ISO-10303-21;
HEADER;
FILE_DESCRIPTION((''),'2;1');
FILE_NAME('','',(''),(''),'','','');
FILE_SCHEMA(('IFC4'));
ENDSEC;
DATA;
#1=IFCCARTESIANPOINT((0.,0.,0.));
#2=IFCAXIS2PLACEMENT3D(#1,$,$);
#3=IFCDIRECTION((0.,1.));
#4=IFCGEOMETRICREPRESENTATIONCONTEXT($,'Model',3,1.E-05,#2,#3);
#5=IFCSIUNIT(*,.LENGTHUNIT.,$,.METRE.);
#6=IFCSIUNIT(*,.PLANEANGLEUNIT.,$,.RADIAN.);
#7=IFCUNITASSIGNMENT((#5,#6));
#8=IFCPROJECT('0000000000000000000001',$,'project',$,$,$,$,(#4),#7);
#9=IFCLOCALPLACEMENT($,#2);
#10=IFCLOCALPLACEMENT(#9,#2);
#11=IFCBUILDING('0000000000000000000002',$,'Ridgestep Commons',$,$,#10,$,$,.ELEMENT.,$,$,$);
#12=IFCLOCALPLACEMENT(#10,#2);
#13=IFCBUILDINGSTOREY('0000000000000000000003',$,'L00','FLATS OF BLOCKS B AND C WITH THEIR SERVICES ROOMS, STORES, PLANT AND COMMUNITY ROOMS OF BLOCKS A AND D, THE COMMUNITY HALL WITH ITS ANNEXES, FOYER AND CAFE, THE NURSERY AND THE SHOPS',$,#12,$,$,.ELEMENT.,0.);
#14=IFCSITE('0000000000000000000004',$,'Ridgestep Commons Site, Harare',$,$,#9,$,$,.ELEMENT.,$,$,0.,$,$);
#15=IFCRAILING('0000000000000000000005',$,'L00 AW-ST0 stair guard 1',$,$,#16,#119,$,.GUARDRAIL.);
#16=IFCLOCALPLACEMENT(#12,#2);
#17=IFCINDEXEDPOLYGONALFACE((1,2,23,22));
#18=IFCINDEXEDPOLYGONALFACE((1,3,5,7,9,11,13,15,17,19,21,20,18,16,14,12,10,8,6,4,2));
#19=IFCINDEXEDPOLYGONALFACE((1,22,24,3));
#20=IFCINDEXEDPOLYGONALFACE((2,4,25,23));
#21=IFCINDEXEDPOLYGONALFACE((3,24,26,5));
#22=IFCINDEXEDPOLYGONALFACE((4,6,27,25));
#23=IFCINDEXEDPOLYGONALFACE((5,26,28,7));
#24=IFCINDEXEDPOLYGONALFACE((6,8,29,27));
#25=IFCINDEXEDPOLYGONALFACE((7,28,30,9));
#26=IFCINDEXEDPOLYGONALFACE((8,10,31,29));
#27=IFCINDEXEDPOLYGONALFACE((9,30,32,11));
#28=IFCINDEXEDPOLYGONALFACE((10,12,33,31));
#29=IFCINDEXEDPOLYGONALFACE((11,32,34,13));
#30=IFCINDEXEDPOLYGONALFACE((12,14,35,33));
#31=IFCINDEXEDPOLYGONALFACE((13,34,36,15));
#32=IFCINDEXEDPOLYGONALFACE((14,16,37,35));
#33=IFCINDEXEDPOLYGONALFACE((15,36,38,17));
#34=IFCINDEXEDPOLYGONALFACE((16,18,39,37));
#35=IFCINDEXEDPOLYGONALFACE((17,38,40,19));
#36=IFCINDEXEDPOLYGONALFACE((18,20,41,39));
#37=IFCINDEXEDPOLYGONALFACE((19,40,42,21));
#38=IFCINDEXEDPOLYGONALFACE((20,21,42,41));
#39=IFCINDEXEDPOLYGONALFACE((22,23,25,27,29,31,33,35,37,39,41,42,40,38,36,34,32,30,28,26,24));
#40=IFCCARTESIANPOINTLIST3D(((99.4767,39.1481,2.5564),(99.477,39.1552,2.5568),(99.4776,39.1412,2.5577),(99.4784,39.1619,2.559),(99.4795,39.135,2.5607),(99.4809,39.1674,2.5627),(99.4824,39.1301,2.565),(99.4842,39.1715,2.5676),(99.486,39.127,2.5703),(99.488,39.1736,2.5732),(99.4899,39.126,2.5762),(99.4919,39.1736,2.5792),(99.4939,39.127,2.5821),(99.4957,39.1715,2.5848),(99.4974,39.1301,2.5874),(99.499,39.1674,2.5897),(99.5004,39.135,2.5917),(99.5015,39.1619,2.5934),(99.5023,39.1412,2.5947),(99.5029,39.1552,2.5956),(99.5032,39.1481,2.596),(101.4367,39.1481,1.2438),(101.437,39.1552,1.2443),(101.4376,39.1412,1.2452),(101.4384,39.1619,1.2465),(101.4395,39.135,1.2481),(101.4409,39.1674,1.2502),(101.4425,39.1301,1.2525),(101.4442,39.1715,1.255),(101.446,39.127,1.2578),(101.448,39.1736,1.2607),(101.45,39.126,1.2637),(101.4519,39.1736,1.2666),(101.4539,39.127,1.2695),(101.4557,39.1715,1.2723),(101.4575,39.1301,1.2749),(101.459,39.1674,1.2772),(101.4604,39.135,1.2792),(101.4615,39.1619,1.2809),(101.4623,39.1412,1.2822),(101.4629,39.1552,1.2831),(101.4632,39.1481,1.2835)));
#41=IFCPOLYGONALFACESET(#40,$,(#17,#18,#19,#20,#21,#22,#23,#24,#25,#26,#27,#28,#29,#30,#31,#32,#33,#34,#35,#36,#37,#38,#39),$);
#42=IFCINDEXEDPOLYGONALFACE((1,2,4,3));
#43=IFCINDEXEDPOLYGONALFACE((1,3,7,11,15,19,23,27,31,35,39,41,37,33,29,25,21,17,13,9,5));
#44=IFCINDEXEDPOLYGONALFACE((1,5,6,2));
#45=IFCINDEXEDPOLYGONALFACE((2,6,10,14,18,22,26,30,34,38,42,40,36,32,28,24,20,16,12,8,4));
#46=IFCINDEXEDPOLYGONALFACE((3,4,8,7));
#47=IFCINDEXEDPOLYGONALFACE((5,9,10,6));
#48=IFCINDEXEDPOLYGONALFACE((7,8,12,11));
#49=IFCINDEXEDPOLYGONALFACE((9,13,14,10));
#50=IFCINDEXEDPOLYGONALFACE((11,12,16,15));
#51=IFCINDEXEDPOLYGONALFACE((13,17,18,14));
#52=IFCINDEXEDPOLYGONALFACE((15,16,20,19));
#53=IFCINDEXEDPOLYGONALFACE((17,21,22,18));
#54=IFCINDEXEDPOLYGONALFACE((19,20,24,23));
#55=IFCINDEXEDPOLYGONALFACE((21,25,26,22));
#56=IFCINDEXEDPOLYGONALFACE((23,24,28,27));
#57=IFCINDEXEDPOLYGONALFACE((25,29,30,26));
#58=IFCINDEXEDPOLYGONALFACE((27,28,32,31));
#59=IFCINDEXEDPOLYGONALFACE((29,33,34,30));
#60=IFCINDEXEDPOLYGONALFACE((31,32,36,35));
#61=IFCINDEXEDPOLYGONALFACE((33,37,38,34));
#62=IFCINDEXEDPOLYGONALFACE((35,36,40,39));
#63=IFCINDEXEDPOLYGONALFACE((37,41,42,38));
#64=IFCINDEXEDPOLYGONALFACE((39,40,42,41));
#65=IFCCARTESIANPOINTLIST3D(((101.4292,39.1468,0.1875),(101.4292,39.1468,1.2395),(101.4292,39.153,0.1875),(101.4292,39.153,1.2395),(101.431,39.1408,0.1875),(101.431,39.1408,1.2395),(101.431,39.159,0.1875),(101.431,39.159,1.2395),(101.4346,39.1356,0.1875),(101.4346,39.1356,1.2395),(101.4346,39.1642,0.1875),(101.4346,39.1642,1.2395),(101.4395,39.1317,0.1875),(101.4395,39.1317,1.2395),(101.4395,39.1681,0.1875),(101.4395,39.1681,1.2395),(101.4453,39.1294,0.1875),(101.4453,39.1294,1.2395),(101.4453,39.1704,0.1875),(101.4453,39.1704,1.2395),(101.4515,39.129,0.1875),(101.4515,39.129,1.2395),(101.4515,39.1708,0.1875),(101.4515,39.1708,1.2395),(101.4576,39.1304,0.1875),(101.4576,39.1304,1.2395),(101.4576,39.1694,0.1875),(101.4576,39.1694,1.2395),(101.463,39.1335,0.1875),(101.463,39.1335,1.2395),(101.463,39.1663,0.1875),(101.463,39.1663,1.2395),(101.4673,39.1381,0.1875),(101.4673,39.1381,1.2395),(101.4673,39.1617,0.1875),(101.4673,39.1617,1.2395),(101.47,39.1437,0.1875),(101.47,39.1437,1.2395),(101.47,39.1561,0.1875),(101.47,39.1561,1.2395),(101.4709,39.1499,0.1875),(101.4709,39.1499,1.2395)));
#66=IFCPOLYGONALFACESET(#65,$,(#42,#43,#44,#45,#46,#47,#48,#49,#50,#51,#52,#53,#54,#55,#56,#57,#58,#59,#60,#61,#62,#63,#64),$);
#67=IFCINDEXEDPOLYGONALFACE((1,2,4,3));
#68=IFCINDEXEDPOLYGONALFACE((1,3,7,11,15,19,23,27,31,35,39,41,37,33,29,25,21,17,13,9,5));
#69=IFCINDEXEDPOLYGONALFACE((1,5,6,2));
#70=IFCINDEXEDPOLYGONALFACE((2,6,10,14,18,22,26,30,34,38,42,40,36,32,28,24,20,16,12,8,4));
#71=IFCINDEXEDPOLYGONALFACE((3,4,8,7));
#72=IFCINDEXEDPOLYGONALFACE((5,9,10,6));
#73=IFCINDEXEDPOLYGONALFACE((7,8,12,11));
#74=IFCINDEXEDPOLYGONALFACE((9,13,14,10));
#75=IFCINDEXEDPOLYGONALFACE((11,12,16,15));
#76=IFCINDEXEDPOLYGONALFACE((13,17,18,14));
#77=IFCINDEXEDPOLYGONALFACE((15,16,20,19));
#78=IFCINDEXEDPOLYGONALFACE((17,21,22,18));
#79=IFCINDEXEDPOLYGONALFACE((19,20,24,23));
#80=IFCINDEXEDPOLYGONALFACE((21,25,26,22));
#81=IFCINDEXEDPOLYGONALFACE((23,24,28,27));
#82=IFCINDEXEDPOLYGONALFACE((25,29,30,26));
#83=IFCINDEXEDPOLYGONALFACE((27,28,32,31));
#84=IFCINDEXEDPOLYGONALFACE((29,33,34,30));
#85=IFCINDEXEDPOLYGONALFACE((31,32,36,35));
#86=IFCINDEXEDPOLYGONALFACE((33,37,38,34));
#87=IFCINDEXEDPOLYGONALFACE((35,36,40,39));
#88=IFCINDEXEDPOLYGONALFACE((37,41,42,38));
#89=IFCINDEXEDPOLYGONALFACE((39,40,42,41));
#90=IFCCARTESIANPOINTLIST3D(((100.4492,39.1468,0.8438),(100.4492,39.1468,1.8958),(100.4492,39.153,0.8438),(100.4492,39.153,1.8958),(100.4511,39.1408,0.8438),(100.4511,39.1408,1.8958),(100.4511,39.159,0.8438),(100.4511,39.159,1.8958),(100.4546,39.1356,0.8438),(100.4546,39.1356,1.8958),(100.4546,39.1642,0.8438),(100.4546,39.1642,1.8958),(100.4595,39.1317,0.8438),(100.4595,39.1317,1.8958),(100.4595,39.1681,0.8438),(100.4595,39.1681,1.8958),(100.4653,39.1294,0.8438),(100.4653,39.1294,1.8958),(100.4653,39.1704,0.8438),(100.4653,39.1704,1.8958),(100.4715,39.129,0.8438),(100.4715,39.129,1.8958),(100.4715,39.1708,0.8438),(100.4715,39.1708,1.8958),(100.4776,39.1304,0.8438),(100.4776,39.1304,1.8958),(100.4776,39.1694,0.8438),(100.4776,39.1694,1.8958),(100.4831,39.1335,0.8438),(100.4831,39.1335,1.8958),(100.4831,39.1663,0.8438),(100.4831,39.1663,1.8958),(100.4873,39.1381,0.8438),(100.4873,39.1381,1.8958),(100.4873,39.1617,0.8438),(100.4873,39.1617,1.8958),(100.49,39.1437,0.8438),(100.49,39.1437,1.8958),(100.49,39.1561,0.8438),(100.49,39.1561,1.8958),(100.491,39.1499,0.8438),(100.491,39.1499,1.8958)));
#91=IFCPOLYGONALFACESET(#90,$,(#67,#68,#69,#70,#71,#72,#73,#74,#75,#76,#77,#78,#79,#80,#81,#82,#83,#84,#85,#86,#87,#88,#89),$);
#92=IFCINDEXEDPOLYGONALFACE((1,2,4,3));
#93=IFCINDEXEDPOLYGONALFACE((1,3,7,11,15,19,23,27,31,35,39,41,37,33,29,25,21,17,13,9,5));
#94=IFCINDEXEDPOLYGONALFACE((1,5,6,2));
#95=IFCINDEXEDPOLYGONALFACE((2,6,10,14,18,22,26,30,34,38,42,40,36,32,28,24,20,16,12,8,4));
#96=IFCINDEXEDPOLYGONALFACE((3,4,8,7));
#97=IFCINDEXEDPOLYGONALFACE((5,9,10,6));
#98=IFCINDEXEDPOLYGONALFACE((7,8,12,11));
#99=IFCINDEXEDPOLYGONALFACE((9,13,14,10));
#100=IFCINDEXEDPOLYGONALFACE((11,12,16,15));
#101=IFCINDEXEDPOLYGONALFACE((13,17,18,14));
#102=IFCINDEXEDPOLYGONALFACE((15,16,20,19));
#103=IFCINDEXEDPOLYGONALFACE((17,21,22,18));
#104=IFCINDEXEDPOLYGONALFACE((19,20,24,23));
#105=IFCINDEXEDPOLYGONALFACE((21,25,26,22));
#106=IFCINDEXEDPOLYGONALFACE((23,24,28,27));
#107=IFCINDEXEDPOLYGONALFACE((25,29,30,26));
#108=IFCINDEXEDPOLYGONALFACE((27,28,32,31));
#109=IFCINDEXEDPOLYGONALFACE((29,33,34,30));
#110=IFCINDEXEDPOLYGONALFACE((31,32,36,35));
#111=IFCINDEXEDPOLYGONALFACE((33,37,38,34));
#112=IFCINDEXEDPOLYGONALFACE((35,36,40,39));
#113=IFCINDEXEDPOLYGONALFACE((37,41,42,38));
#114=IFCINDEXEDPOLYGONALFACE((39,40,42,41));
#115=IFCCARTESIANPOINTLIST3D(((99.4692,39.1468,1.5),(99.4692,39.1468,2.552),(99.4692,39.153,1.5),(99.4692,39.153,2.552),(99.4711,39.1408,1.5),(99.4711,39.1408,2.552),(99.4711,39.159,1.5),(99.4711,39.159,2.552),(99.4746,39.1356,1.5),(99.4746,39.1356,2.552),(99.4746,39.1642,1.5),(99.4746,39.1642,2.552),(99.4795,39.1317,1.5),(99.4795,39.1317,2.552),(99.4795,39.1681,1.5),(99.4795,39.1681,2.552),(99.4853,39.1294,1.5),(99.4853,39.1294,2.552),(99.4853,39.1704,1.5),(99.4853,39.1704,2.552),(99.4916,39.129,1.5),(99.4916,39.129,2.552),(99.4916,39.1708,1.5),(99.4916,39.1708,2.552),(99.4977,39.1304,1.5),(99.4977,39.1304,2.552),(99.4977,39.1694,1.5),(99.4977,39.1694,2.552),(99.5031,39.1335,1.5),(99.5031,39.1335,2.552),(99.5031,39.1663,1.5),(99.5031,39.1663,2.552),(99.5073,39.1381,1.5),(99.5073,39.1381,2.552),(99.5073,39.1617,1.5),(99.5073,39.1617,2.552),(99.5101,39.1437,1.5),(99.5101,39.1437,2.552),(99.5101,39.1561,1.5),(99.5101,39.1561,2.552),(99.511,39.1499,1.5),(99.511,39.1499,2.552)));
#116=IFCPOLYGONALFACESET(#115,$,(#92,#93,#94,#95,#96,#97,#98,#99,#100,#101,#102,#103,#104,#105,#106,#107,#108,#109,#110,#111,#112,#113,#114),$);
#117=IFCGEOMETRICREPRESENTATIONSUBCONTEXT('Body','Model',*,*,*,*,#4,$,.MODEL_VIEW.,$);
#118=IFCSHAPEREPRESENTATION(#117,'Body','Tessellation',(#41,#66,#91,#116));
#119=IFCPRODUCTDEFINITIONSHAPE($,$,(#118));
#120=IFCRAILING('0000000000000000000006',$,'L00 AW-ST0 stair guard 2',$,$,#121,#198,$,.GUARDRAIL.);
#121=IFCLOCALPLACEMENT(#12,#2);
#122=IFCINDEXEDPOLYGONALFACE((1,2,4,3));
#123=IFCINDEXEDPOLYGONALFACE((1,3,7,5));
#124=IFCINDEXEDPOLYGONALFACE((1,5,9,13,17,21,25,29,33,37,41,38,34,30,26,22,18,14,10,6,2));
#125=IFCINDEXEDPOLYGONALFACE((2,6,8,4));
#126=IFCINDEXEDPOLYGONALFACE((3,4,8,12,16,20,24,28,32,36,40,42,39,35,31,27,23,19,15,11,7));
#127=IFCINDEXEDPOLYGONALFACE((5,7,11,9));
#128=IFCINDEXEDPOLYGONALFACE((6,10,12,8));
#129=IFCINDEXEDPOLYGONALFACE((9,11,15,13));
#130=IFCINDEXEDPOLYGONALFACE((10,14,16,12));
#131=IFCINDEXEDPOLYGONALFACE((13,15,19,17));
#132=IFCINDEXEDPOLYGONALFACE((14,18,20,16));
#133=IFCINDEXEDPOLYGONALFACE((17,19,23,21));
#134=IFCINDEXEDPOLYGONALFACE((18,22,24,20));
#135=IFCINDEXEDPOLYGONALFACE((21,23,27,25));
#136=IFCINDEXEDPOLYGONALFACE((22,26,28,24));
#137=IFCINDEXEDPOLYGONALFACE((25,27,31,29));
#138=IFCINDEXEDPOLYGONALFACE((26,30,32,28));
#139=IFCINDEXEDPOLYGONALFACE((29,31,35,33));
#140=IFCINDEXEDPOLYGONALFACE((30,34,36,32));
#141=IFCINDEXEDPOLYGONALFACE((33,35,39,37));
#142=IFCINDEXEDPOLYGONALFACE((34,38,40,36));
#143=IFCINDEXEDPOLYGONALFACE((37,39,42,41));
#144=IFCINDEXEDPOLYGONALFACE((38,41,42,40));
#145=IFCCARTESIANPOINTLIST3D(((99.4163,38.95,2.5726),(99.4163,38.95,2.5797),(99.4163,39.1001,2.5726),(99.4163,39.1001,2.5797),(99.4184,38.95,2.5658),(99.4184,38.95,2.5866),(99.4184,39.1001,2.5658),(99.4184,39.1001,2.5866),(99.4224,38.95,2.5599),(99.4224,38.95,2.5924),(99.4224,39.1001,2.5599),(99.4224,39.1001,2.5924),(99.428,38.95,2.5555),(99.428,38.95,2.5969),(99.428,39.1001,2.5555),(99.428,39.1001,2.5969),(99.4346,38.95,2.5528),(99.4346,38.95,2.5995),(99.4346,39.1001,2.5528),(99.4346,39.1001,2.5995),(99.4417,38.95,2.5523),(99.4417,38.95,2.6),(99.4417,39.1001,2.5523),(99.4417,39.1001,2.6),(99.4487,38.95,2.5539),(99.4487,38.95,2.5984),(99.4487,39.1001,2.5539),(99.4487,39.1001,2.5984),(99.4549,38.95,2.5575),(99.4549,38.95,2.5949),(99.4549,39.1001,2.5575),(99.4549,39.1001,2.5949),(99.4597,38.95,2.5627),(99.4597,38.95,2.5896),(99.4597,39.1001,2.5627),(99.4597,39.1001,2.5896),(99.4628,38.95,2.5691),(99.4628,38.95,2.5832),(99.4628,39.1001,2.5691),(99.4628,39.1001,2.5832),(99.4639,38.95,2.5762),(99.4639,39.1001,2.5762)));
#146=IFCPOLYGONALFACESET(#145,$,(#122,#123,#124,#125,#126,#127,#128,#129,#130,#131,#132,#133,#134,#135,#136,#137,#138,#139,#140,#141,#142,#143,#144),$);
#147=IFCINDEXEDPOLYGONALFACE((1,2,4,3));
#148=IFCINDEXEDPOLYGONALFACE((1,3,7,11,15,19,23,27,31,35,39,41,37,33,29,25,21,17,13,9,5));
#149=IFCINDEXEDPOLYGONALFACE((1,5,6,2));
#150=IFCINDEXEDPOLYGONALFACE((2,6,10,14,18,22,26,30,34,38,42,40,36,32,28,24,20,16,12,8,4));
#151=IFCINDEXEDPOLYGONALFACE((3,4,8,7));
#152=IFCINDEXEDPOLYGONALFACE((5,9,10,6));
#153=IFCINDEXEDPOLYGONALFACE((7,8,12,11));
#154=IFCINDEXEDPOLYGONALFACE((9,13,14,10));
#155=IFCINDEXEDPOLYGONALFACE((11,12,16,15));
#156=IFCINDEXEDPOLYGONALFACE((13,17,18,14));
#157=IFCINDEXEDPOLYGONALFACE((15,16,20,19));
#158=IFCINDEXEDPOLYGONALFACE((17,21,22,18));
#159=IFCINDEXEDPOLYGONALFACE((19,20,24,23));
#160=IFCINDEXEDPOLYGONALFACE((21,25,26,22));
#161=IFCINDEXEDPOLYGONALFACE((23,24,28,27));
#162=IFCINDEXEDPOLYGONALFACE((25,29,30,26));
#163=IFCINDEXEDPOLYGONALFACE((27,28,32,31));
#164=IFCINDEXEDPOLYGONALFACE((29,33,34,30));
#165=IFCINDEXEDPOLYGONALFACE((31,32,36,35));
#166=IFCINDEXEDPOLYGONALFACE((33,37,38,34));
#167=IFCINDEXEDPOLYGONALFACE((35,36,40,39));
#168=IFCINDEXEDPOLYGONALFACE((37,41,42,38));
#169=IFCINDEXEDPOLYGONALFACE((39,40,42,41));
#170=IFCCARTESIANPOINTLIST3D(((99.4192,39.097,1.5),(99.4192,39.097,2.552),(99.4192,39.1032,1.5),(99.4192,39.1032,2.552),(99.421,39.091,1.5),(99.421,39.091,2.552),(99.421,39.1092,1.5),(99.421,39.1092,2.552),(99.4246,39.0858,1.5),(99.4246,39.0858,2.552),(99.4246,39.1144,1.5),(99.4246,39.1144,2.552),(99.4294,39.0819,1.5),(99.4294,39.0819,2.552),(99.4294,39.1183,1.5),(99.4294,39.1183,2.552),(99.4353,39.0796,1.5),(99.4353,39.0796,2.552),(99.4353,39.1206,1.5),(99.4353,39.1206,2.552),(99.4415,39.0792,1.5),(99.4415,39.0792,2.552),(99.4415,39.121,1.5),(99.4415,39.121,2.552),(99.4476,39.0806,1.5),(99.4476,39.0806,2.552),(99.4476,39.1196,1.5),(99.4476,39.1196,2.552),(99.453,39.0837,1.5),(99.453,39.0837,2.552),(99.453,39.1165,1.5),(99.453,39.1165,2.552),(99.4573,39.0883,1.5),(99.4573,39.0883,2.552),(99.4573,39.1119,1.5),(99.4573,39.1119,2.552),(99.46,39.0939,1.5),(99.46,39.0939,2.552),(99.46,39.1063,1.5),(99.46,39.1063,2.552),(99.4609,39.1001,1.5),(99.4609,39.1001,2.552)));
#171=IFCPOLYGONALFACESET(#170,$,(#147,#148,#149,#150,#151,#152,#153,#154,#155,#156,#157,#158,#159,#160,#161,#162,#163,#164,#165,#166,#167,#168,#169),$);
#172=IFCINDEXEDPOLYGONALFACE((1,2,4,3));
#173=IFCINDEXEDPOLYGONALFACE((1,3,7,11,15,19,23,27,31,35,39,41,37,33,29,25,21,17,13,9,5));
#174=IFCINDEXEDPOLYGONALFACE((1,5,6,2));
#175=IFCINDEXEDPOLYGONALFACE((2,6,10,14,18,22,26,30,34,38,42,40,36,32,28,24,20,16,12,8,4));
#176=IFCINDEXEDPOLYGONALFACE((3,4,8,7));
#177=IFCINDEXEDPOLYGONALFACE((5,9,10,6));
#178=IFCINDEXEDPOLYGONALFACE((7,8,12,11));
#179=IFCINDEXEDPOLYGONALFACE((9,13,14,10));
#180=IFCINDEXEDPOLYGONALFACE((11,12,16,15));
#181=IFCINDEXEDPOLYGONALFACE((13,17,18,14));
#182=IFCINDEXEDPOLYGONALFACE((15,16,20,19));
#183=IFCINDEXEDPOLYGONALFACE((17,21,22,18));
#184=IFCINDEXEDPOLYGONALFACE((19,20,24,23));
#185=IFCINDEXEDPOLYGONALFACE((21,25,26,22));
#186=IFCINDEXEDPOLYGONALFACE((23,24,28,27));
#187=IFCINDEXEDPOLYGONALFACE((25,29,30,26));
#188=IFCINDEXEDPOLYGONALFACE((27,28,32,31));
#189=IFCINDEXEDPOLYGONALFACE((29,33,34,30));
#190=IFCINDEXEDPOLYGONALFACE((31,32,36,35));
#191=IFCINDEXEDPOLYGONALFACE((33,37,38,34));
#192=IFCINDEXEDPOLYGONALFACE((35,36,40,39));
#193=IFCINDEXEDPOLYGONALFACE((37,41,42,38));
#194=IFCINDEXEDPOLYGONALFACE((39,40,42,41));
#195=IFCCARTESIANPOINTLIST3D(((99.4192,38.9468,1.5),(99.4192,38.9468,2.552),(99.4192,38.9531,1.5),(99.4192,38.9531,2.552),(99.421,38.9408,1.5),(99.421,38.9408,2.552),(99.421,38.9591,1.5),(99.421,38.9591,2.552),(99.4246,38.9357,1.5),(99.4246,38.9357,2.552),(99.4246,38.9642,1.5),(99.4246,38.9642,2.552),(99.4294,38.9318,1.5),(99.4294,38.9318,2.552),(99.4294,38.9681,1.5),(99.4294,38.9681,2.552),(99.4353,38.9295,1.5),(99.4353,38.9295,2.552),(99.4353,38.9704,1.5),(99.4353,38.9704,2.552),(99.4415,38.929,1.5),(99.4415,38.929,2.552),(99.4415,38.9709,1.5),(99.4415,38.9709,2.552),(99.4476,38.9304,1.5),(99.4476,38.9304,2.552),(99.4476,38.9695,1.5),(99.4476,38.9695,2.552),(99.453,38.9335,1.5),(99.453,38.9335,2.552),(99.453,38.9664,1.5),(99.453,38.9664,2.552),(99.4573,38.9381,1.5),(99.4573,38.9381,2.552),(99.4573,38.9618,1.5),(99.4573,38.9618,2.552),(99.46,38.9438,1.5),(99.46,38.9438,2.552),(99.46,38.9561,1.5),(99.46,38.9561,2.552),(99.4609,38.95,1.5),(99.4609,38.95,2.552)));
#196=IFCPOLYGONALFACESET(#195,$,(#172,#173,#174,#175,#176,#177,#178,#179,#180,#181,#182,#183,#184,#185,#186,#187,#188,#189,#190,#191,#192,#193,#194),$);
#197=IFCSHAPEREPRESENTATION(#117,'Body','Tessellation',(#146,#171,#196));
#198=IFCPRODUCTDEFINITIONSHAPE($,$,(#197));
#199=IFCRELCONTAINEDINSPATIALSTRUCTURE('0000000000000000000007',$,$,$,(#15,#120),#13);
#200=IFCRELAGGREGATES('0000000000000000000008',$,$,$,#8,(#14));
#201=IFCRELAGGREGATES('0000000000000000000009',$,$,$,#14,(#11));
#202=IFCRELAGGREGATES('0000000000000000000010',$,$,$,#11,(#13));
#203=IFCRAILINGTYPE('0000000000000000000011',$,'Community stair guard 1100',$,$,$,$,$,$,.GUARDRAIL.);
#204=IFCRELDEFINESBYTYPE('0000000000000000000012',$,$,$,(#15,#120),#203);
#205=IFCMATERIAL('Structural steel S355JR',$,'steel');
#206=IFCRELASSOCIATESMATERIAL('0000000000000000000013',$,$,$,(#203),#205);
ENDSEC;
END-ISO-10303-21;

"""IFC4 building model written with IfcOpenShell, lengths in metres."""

from ifc_helpers import new_model, si_unit, direction, frame, origin, origin_2d, place, context, subcontext, project, spatial, circle, extrude, material, type_object, element, save


model = new_model("IFC4")

# Units and contexts
model_context = context("Model", 3, precision=1e-05, world=origin(), true_north=direction((0.0, 1.0)))
body_context = subcontext(model_context, "Body", "Model", "MODEL_VIEW")
ifc_project = project(units=[si_unit("LENGTHUNIT", "METRE"), si_unit("PLANEANGLEUNIT", "RADIAN")], contexts=[model_context])

# Site, building, storey
site_placement = place(None, origin())
site = spatial("IfcSite", under=ifc_project, at=site_placement, Name="Ridgestep Commons Site, Harare", CompositionType="ELEMENT", RefElevation=0.0)
building_placement = place(site_placement, origin())
building = spatial("IfcBuilding", under=site, at=building_placement, Name="Ridgestep Commons", CompositionType="ELEMENT")
storey_placement = place(building_placement, origin())
storey = spatial("IfcBuildingStorey", under=building, at=storey_placement, Name="L00", Description="FLATS OF BLOCKS B AND C WITH THEIR SERVICES ROOMS, STORES, PLANT AND COMMUNITY ROOMS OF BLOCKS A AND D, THE COMMUNITY HALL WITH ITS ANNEXES, FOYER AND CAFE, THE NURSERY AND THE SHOPS", CompositionType="ELEMENT", Elevation=0.0)

# Railings
ifc_material_1 = material(Name="Structural steel S355JR", Category="steel")
railing_type_1 = type_object("IfcRailingType", Name="Community stair guard 1100", PredefinedType="GUARDRAIL", material=ifc_material_1)
railing_1_placement = place(storey_placement, frame((101.45, 39.1499, 0.1875)))
element("IfcRailing", 1, at=railing_1_placement, inside=storey, type_object=railing_type_1, Name="L00 AW-ST0 stair guard 1", PredefinedType="GUARDRAIL", context=body_context, shape_type="SweptSolid", body=[
    extrude(circle(Radius=0.0239, at=origin_2d()), frame((0.0, 0.0, 1.0762), z_axis=(-0.830902, 0.0, 0.556419), x_axis=(0.0, -1.0, 0.0)), (0.0, 0.0, 1.0), 2.3589),
    extrude(circle(Radius=0.021, at=origin_2d()), origin(), (0.0, 0.0, 1.0), 1.052),
    extrude(circle(Radius=0.021, at=origin_2d()), frame((-0.98, 0.0, 0.6562)), (0.0, 0.0, 1.0), 1.052),
    extrude(circle(Radius=0.021, at=origin_2d()), frame((-1.96, 0.0, 1.3125)), (0.0, 0.0, 1.0), 1.052),
])
railing_2_placement = place(storey_placement, frame((99.4399, 39.1001, 1.5)))
element("IfcRailing", 2, at=railing_2_placement, inside=storey, type_object=railing_type_1, Name="L00 AW-ST0 stair guard 2", PredefinedType="GUARDRAIL", context=body_context, shape_type="SweptSolid", body=[
    extrude(circle(Radius=0.0239, at=origin_2d()), frame((0.0, 0.0, 1.0762), z_axis=(0.0, -1.0, 0.0), x_axis=(1.0, 0.0, 0.0)), (0.0, 0.0, 1.0), 0.1501),
    extrude(circle(Radius=0.021, at=origin_2d()), origin(), (0.0, 0.0, 1.0), 1.052),
    extrude(circle(Radius=0.021, at=origin_2d()), frame((0.0, -0.1501, 0.0)), (0.0, 0.0, 1.0), 1.052),
])

save(model, "model.ifc")
